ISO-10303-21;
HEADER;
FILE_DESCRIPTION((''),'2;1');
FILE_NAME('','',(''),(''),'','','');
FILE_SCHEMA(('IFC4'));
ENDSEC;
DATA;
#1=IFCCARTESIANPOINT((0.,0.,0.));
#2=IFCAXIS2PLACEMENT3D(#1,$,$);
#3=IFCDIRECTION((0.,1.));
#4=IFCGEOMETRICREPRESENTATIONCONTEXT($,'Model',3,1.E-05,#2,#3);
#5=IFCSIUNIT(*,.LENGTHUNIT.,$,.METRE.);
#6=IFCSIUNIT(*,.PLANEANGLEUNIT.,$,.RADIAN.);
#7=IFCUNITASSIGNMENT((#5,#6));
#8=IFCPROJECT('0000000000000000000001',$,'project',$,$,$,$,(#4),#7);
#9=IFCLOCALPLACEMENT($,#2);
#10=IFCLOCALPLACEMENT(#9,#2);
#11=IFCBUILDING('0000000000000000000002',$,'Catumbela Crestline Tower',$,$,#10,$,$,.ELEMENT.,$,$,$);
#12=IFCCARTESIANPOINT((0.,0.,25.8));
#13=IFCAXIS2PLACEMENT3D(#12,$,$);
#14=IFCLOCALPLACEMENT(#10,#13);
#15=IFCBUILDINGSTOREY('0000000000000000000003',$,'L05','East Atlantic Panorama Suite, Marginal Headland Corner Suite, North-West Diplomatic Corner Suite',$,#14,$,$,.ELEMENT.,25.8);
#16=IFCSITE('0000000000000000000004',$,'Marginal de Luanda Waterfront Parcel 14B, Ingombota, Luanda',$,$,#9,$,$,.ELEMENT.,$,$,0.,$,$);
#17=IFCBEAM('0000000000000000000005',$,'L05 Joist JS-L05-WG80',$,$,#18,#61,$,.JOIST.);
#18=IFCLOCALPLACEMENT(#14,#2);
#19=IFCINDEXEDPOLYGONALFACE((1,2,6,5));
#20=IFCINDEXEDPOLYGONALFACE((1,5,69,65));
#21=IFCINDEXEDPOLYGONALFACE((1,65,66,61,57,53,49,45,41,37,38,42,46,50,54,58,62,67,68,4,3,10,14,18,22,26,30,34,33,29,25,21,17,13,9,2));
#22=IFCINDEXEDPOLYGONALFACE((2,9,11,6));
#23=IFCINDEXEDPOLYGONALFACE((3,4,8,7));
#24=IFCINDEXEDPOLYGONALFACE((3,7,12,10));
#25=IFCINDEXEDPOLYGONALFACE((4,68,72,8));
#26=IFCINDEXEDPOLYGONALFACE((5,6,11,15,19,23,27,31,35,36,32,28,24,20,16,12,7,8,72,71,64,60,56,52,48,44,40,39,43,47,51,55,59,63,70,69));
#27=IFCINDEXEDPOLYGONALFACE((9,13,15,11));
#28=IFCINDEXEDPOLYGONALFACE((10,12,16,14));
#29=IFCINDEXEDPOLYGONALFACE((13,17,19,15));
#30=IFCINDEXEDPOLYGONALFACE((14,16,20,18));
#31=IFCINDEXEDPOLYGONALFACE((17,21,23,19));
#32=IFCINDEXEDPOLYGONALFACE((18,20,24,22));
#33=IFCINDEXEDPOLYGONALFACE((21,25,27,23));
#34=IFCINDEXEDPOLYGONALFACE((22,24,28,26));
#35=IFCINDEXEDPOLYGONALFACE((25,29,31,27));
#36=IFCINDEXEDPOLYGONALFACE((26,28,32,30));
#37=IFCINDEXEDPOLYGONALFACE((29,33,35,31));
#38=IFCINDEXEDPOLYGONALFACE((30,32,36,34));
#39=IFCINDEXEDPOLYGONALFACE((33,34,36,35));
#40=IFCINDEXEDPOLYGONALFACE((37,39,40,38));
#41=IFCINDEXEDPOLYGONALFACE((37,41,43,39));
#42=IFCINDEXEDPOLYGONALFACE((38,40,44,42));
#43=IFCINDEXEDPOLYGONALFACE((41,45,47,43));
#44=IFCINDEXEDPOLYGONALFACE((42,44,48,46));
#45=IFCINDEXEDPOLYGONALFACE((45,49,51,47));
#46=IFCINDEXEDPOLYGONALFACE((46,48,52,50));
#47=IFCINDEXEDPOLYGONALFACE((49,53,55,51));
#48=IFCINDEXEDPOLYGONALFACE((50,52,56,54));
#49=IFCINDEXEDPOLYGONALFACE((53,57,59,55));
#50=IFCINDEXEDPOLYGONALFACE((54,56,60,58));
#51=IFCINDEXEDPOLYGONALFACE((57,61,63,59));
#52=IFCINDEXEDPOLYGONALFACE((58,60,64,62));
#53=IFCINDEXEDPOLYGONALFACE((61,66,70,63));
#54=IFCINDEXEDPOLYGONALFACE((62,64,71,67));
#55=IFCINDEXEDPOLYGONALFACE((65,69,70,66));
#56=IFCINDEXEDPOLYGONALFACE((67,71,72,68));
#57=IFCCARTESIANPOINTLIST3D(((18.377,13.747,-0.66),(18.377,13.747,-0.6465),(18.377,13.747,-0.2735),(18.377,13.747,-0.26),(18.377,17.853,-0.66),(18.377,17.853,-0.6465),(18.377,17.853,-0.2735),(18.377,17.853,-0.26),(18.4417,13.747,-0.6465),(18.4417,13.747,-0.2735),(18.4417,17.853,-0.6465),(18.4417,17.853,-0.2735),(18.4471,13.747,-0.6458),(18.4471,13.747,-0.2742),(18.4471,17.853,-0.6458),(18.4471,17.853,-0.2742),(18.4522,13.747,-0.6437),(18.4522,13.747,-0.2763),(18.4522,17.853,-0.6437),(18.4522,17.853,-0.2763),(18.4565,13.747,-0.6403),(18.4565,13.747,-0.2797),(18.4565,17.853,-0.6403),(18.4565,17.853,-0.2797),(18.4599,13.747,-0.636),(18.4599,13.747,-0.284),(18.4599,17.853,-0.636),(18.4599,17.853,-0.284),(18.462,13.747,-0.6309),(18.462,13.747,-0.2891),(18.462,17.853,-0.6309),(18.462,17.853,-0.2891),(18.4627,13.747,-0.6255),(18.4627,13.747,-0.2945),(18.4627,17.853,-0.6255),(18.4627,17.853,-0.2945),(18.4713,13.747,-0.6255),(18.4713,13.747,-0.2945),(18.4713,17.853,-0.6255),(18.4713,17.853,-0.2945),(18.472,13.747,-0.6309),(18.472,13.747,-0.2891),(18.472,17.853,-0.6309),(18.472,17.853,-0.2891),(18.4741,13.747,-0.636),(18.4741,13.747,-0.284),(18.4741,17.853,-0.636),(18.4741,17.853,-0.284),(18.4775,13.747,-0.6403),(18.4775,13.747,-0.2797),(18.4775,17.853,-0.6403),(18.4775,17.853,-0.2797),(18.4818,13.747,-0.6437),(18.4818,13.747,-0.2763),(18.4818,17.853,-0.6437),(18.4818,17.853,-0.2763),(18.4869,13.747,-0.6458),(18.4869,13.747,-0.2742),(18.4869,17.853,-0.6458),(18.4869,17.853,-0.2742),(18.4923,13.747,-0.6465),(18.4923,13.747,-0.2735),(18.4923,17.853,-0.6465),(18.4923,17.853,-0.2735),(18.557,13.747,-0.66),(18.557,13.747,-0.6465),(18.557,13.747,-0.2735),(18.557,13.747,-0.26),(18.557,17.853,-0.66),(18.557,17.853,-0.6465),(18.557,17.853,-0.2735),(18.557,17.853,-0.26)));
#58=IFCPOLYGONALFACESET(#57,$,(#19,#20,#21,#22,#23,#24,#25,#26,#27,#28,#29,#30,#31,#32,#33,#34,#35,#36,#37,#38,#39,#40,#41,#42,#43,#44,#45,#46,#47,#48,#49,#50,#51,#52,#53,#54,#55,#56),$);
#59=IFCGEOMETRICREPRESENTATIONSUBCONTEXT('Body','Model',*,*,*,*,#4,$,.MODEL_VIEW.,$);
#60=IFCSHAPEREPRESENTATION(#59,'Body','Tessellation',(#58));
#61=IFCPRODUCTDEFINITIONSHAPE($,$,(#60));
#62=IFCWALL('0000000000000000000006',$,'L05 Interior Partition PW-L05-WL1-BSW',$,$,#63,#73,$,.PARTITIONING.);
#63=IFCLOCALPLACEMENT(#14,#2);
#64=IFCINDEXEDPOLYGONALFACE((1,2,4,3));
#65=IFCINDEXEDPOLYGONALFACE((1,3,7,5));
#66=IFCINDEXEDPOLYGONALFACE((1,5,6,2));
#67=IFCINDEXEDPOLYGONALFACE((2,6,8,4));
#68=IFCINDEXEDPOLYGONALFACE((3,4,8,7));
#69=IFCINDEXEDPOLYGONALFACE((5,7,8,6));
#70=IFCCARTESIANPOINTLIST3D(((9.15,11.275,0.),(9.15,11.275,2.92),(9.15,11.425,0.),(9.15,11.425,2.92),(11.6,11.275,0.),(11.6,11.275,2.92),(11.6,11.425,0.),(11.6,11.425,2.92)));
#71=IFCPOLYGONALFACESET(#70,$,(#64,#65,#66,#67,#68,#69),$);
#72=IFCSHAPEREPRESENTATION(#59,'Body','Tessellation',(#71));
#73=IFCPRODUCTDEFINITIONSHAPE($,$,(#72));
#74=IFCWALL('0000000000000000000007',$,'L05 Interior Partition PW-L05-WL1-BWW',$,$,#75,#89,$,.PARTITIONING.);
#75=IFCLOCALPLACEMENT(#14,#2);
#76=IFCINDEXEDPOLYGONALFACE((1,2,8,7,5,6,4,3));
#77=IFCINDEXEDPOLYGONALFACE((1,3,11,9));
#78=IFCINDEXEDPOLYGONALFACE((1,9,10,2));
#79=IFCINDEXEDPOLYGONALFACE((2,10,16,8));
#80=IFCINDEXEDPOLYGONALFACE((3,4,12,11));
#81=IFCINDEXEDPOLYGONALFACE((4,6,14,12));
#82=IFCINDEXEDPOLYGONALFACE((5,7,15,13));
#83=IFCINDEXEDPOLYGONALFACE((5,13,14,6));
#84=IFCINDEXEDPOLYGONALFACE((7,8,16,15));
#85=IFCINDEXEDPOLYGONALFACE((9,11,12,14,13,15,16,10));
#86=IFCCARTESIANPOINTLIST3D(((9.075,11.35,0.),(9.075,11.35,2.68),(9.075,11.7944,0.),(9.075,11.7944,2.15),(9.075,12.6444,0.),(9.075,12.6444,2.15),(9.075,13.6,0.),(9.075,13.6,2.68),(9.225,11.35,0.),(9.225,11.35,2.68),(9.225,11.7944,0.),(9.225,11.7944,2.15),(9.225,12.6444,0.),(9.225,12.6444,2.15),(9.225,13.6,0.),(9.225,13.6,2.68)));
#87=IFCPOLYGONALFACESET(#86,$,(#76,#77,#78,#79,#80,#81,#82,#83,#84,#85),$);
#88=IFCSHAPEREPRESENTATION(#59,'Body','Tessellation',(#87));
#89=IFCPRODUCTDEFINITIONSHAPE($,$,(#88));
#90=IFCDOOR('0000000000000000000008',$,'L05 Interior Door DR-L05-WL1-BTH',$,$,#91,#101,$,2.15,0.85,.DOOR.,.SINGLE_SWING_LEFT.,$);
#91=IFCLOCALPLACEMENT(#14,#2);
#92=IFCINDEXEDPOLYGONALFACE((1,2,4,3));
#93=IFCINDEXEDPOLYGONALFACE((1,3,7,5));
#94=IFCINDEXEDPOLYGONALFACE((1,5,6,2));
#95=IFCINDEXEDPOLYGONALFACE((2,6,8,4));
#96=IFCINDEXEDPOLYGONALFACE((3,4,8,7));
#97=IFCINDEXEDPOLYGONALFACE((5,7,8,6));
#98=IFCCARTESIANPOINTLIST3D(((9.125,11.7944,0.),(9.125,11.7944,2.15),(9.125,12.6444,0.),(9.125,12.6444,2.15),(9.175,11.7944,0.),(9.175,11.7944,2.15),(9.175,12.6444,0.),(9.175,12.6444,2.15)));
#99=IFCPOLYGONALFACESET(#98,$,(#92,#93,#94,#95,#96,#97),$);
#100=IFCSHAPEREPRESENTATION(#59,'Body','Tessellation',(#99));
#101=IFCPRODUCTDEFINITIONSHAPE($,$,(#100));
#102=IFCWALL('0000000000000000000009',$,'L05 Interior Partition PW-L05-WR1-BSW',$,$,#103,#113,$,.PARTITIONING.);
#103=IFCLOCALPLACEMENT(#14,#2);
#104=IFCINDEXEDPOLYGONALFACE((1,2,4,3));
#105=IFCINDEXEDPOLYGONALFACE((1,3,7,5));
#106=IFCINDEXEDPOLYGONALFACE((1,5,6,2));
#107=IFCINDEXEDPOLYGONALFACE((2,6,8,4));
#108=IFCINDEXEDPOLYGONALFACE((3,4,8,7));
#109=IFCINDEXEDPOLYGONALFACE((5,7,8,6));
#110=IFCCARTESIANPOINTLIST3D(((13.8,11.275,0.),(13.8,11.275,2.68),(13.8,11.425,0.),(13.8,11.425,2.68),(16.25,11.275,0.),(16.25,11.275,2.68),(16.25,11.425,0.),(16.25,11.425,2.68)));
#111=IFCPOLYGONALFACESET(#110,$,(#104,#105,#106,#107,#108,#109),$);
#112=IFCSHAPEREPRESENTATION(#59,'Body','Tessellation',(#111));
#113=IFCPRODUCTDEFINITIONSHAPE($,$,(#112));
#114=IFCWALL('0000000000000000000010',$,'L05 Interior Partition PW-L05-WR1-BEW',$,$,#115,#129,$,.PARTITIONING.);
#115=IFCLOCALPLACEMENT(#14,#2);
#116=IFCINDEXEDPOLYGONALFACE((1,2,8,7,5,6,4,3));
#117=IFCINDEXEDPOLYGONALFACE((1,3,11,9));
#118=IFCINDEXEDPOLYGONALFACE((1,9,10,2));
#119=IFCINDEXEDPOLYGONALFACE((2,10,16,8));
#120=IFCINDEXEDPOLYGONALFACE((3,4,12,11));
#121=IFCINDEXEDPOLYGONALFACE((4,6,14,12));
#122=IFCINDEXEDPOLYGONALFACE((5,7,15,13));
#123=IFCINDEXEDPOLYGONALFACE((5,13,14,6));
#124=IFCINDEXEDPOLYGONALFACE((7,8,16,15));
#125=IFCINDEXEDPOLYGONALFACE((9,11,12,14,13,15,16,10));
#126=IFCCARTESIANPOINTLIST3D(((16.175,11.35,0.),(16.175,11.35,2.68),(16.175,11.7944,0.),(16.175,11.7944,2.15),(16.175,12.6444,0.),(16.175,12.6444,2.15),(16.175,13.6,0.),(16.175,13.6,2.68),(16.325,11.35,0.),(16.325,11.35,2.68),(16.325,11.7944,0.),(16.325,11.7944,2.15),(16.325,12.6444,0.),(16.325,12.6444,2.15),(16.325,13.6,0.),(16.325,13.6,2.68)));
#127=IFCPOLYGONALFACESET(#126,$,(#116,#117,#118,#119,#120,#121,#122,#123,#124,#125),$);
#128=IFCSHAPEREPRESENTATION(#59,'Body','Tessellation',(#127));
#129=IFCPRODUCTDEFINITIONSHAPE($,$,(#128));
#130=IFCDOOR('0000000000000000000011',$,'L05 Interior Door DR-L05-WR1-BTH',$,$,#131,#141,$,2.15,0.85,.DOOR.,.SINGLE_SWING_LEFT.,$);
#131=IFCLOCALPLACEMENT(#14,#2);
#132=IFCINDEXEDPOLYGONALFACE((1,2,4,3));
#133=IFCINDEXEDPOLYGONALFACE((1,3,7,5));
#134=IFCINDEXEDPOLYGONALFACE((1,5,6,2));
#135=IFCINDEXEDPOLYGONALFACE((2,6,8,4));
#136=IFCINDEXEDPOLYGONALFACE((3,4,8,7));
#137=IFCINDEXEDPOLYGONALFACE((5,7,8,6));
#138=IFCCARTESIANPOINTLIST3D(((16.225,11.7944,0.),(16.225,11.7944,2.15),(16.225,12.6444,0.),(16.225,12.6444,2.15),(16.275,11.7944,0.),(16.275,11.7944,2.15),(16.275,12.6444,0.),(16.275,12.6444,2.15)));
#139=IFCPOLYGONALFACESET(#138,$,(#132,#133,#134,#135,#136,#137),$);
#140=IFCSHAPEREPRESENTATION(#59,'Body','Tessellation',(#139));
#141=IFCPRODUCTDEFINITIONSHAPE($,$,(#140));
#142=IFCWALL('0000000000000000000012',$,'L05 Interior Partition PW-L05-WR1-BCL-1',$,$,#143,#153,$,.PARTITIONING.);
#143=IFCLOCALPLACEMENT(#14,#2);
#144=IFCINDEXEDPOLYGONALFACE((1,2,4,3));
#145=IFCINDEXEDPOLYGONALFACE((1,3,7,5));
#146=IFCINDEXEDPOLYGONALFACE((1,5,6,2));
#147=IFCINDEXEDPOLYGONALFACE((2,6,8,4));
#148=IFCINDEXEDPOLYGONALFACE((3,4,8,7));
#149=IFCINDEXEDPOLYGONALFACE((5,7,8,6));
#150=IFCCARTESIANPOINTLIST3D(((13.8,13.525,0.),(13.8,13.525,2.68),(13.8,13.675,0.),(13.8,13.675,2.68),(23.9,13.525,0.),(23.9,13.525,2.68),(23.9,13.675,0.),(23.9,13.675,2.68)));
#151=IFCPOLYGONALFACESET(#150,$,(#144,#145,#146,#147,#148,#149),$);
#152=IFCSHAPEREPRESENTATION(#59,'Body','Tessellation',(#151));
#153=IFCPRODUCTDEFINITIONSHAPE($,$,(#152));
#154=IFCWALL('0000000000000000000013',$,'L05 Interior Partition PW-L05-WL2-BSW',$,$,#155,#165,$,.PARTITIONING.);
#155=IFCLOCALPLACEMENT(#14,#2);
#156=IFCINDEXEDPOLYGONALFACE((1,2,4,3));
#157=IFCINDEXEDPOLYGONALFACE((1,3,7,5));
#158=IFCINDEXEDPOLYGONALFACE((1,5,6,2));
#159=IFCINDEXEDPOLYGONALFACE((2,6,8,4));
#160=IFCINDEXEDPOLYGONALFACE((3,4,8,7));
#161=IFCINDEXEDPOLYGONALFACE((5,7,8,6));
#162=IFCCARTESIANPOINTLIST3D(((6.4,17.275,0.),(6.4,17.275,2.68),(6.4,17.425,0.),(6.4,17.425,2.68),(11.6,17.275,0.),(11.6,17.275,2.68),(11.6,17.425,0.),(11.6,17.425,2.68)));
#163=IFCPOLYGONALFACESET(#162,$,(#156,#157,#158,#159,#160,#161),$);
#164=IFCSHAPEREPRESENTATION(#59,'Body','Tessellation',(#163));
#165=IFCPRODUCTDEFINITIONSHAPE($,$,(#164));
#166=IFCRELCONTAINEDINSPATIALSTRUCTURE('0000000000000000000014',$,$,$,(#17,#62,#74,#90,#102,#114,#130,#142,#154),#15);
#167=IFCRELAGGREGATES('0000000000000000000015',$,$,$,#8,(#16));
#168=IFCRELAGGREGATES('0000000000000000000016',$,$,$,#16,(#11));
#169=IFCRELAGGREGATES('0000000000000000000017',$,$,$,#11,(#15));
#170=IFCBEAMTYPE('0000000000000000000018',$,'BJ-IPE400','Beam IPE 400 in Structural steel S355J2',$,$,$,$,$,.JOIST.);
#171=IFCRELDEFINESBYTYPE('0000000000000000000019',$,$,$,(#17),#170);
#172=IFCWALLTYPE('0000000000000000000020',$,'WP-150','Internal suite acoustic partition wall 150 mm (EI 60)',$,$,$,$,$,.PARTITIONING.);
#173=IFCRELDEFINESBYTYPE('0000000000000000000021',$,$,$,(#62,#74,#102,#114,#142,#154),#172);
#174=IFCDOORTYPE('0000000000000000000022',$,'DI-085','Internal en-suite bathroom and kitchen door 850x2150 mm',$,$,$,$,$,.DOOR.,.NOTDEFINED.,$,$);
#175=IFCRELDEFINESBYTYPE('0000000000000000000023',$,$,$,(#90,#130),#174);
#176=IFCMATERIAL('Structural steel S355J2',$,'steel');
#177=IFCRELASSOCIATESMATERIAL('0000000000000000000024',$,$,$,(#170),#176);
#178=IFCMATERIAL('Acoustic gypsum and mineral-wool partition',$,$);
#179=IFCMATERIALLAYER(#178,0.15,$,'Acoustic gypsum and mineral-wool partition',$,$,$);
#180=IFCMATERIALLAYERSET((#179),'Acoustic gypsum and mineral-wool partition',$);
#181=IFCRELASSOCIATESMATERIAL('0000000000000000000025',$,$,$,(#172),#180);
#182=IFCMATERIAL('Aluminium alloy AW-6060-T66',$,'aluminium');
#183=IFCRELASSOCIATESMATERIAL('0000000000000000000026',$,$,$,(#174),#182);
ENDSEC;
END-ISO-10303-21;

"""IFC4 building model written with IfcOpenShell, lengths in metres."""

from ifc_helpers import new_model, si_unit, direction, frame, frame_2d, origin, origin_2d, place, context, subcontext, project, spatial, rectangle, i_section, extrude, material, layer, layer_set, material_profile, profile_set, type_object, element, fill, save


model = new_model("IFC4")

# Units and contexts
model_context = context("Model", 3, precision=1e-05, world=origin(), true_north=direction((0.0, 1.0)))
body_context = subcontext(model_context, "Body", "Model", "MODEL_VIEW")
ifc_project = project(units=[si_unit("LENGTHUNIT", "METRE"), si_unit("PLANEANGLEUNIT", "RADIAN")], contexts=[model_context])

# Site, building, storey
site_placement = place(None, origin())
site = spatial("IfcSite", under=ifc_project, at=site_placement, Name="Marginal de Luanda Waterfront Parcel 14B, Ingombota, Luanda", CompositionType="ELEMENT", RefElevation=0.0)
building_placement = place(site_placement, origin())
building = spatial("IfcBuilding", under=site, at=building_placement, Name="Catumbela Crestline Tower", CompositionType="ELEMENT")
storey_placement = place(building_placement, frame((0.0, 0.0, 25.8)))
storey = spatial("IfcBuildingStorey", under=building, at=storey_placement, Name="L05", Description="East Atlantic Panorama Suite, Marginal Headland Corner Suite, North-West Diplomatic Corner Suite", CompositionType="ELEMENT", Elevation=25.8)

# Beam
ifc_material_1 = material(Name="Structural steel S355J2", Category="steel")
ifc_material_profile_1 = material_profile(ifc_material_1, i_section(OverallWidth=0.18, OverallDepth=0.4, WebThickness=0.0086, FlangeThickness=0.0135, FilletRadius=0.021, at=origin_2d()), Name="IPE 400")
ifc_profile_set_1 = profile_set([ifc_material_profile_1], Name="Structural steel S355J2")
beam_type_1 = type_object("IfcBeamType", Name="BJ-IPE400", Description="Beam IPE 400 in Structural steel S355J2", PredefinedType="JOIST", material=ifc_profile_set_1)
for number, where, z_axis, x_axis, name in (
    (1, (18.467, 13.747, -0.46), (0.0, 1.0, 0.0), (-1.0, 0.0, 0.0), "L05 Joist JS-L05-WG80"),
):
    element("IfcBeam", number, at=place(storey_placement, frame(where, z_axis=z_axis, x_axis=x_axis)), inside=storey, type_object=beam_type_1, Name=name, PredefinedType="JOIST", context=body_context, shape_type="SweptSolid", body=[
        extrude(i_section(OverallWidth=0.18, OverallDepth=0.4, WebThickness=0.0086, FlangeThickness=0.0135, FilletRadius=0.021, at=origin_2d()), origin(), (0.0, 0.0, 1.0), 4.106),
    ])

# Wall
ifc_material_2 = material(Name="Acoustic gypsum and mineral-wool partition")
ifc_layer = layer(ifc_material_2, 0.15, Name="Acoustic gypsum and mineral-wool partition")
ifc_layer_set = layer_set([ifc_layer], Name="Acoustic gypsum and mineral-wool partition")
wall_type = type_object("IfcWallType", Name="WP-150", Description="Internal suite acoustic partition wall 150 mm (EI 60)", PredefinedType="PARTITIONING", material=ifc_layer_set)
wall_1_placement = place(storey_placement, frame((9.15, 11.35, 0.0), z_axis=(0.0, 0.0, 1.0), x_axis=(1.0, 0.0, 0.0)))
element("IfcWall", 2, at=wall_1_placement, inside=storey, type_object=wall_type, Name="L05 Interior Partition PW-L05-WL1-BSW", PredefinedType="PARTITIONING", context=body_context, shape_type="SweptSolid", body=[
    extrude(rectangle(XDim=2.45, YDim=0.15, at=frame_2d((1.225, 0.0))), origin(), (0.0, 0.0, 1.0), 2.92),
])

# Wall, opening, door
wall_2_placement = place(storey_placement, frame((9.15, 11.35, 0.0), z_axis=(0.0, 0.0, 1.0), x_axis=(0.0, 1.0, 0.0)))
wall_2 = element("IfcWall", 3, at=wall_2_placement, inside=storey, type_object=wall_type, Name="L05 Interior Partition PW-L05-WL1-BWW", PredefinedType="PARTITIONING", context=body_context, shape_type="SweptSolid", body=[
    extrude(rectangle(XDim=2.25, YDim=0.15, at=frame_2d((1.125, 0.0))), origin(), (0.0, 0.0, 1.0), 2.68),
])
opening_1_placement = place(wall_2_placement, frame((0.4444, 0.0, 0.0)))
opening_1 = element("IfcOpeningElement", 4, at=opening_1_placement, cuts=wall_2, PredefinedType="OPENING", context=body_context, shape_type="SweptSolid", body=[
    extrude(rectangle(XDim=0.85, YDim=2.15, at=frame_2d((0.425, 1.075))), frame((0.0, 0.085, 0.0), z_axis=(0.0, -1.0, 0.0), x_axis=(1.0, 0.0, 0.0)), (0.0, 0.0, 1.0), 0.17),
])
ifc_material_3 = material(Name="Aluminium alloy AW-6060-T66", Category="aluminium")
door_type = type_object("IfcDoorType", Name="DI-085", Description="Internal en-suite bathroom and kitchen door 850x2150 mm", OperationType="NOTDEFINED", PredefinedType="DOOR", material=ifc_material_3)
door_1_placement = place(opening_1_placement, origin())
door_1 = element("IfcDoor", 5, at=door_1_placement, inside=storey, type_object=door_type, Name="L05 Interior Door DR-L05-WL1-BTH", OperationType="SINGLE_SWING_LEFT", OverallHeight=2.15, OverallWidth=0.85, PredefinedType="DOOR", context=body_context, shape_type="SweptSolid", body=[
    extrude(rectangle(XDim=0.85, YDim=2.15, at=frame_2d((0.425, 1.075))), frame((0.0, 0.025, 0.0), z_axis=(0.0, -1.0, 0.0), x_axis=(1.0, 0.0, 0.0)), (0.0, 0.0, 1.0), 0.05),
])
fill(opening_1, door_1)

# Wall
wall_3_placement = place(storey_placement, frame((13.8, 11.35, 0.0), z_axis=(0.0, 0.0, 1.0), x_axis=(1.0, 0.0, 0.0)))
element("IfcWall", 6, at=wall_3_placement, inside=storey, type_object=wall_type, Name="L05 Interior Partition PW-L05-WR1-BSW", PredefinedType="PARTITIONING", context=body_context, shape_type="SweptSolid", body=[
    extrude(rectangle(XDim=2.45, YDim=0.15, at=frame_2d((1.225, 0.0))), origin(), (0.0, 0.0, 1.0), 2.68),
])

# Wall, opening, door
wall_4_placement = place(storey_placement, frame((16.25, 11.35, 0.0), z_axis=(0.0, 0.0, 1.0), x_axis=(0.0, 1.0, 0.0)))
wall_4 = element("IfcWall", 7, at=wall_4_placement, inside=storey, type_object=wall_type, Name="L05 Interior Partition PW-L05-WR1-BEW", PredefinedType="PARTITIONING", context=body_context, shape_type="SweptSolid", body=[
    extrude(rectangle(XDim=2.25, YDim=0.15, at=frame_2d((1.125, 0.0))), origin(), (0.0, 0.0, 1.0), 2.68),
])
opening_2_placement = place(wall_4_placement, frame((0.4444, 0.0, 0.0)))
opening_2 = element("IfcOpeningElement", 8, at=opening_2_placement, cuts=wall_4, PredefinedType="OPENING", context=body_context, shape_type="SweptSolid", body=[
    extrude(rectangle(XDim=0.85, YDim=2.15, at=frame_2d((0.425, 1.075))), frame((0.0, 0.085, 0.0), z_axis=(0.0, -1.0, 0.0), x_axis=(1.0, 0.0, 0.0)), (0.0, 0.0, 1.0), 0.17),
])
door_2_placement = place(opening_2_placement, origin())
door_2 = element("IfcDoor", 9, at=door_2_placement, inside=storey, type_object=door_type, Name="L05 Interior Door DR-L05-WR1-BTH", OperationType="SINGLE_SWING_LEFT", OverallHeight=2.15, OverallWidth=0.85, PredefinedType="DOOR", context=body_context, shape_type="SweptSolid", body=[
    extrude(rectangle(XDim=0.85, YDim=2.15, at=frame_2d((0.425, 1.075))), frame((0.0, 0.025, 0.0), z_axis=(0.0, -1.0, 0.0), x_axis=(1.0, 0.0, 0.0)), (0.0, 0.0, 1.0), 0.05),
])
fill(opening_2, door_2)

# Walls
wall_5_placement = place(storey_placement, frame((13.8, 13.6, 0.0), z_axis=(0.0, 0.0, 1.0), x_axis=(1.0, 0.0, 0.0)))
element("IfcWall", 10, at=wall_5_placement, inside=storey, type_object=wall_type, Name="L05 Interior Partition PW-L05-WR1-BCL-1", PredefinedType="PARTITIONING", context=body_context, shape_type="SweptSolid", body=[
    extrude(rectangle(XDim=10.1, YDim=0.15, at=frame_2d((5.05, 0.0))), origin(), (0.0, 0.0, 1.0), 2.68),
])
wall_6_placement = place(storey_placement, frame((6.4, 17.35, 0.0), z_axis=(0.0, 0.0, 1.0), x_axis=(1.0, 0.0, 0.0)))
element("IfcWall", 11, at=wall_6_placement, inside=storey, type_object=wall_type, Name="L05 Interior Partition PW-L05-WL2-BSW", PredefinedType="PARTITIONING", context=body_context, shape_type="SweptSolid", body=[
    extrude(rectangle(XDim=5.2, YDim=0.15, at=frame_2d((2.6, 0.0))), origin(), (0.0, 0.0, 1.0), 2.68),
])

save(model, "model.ifc")
